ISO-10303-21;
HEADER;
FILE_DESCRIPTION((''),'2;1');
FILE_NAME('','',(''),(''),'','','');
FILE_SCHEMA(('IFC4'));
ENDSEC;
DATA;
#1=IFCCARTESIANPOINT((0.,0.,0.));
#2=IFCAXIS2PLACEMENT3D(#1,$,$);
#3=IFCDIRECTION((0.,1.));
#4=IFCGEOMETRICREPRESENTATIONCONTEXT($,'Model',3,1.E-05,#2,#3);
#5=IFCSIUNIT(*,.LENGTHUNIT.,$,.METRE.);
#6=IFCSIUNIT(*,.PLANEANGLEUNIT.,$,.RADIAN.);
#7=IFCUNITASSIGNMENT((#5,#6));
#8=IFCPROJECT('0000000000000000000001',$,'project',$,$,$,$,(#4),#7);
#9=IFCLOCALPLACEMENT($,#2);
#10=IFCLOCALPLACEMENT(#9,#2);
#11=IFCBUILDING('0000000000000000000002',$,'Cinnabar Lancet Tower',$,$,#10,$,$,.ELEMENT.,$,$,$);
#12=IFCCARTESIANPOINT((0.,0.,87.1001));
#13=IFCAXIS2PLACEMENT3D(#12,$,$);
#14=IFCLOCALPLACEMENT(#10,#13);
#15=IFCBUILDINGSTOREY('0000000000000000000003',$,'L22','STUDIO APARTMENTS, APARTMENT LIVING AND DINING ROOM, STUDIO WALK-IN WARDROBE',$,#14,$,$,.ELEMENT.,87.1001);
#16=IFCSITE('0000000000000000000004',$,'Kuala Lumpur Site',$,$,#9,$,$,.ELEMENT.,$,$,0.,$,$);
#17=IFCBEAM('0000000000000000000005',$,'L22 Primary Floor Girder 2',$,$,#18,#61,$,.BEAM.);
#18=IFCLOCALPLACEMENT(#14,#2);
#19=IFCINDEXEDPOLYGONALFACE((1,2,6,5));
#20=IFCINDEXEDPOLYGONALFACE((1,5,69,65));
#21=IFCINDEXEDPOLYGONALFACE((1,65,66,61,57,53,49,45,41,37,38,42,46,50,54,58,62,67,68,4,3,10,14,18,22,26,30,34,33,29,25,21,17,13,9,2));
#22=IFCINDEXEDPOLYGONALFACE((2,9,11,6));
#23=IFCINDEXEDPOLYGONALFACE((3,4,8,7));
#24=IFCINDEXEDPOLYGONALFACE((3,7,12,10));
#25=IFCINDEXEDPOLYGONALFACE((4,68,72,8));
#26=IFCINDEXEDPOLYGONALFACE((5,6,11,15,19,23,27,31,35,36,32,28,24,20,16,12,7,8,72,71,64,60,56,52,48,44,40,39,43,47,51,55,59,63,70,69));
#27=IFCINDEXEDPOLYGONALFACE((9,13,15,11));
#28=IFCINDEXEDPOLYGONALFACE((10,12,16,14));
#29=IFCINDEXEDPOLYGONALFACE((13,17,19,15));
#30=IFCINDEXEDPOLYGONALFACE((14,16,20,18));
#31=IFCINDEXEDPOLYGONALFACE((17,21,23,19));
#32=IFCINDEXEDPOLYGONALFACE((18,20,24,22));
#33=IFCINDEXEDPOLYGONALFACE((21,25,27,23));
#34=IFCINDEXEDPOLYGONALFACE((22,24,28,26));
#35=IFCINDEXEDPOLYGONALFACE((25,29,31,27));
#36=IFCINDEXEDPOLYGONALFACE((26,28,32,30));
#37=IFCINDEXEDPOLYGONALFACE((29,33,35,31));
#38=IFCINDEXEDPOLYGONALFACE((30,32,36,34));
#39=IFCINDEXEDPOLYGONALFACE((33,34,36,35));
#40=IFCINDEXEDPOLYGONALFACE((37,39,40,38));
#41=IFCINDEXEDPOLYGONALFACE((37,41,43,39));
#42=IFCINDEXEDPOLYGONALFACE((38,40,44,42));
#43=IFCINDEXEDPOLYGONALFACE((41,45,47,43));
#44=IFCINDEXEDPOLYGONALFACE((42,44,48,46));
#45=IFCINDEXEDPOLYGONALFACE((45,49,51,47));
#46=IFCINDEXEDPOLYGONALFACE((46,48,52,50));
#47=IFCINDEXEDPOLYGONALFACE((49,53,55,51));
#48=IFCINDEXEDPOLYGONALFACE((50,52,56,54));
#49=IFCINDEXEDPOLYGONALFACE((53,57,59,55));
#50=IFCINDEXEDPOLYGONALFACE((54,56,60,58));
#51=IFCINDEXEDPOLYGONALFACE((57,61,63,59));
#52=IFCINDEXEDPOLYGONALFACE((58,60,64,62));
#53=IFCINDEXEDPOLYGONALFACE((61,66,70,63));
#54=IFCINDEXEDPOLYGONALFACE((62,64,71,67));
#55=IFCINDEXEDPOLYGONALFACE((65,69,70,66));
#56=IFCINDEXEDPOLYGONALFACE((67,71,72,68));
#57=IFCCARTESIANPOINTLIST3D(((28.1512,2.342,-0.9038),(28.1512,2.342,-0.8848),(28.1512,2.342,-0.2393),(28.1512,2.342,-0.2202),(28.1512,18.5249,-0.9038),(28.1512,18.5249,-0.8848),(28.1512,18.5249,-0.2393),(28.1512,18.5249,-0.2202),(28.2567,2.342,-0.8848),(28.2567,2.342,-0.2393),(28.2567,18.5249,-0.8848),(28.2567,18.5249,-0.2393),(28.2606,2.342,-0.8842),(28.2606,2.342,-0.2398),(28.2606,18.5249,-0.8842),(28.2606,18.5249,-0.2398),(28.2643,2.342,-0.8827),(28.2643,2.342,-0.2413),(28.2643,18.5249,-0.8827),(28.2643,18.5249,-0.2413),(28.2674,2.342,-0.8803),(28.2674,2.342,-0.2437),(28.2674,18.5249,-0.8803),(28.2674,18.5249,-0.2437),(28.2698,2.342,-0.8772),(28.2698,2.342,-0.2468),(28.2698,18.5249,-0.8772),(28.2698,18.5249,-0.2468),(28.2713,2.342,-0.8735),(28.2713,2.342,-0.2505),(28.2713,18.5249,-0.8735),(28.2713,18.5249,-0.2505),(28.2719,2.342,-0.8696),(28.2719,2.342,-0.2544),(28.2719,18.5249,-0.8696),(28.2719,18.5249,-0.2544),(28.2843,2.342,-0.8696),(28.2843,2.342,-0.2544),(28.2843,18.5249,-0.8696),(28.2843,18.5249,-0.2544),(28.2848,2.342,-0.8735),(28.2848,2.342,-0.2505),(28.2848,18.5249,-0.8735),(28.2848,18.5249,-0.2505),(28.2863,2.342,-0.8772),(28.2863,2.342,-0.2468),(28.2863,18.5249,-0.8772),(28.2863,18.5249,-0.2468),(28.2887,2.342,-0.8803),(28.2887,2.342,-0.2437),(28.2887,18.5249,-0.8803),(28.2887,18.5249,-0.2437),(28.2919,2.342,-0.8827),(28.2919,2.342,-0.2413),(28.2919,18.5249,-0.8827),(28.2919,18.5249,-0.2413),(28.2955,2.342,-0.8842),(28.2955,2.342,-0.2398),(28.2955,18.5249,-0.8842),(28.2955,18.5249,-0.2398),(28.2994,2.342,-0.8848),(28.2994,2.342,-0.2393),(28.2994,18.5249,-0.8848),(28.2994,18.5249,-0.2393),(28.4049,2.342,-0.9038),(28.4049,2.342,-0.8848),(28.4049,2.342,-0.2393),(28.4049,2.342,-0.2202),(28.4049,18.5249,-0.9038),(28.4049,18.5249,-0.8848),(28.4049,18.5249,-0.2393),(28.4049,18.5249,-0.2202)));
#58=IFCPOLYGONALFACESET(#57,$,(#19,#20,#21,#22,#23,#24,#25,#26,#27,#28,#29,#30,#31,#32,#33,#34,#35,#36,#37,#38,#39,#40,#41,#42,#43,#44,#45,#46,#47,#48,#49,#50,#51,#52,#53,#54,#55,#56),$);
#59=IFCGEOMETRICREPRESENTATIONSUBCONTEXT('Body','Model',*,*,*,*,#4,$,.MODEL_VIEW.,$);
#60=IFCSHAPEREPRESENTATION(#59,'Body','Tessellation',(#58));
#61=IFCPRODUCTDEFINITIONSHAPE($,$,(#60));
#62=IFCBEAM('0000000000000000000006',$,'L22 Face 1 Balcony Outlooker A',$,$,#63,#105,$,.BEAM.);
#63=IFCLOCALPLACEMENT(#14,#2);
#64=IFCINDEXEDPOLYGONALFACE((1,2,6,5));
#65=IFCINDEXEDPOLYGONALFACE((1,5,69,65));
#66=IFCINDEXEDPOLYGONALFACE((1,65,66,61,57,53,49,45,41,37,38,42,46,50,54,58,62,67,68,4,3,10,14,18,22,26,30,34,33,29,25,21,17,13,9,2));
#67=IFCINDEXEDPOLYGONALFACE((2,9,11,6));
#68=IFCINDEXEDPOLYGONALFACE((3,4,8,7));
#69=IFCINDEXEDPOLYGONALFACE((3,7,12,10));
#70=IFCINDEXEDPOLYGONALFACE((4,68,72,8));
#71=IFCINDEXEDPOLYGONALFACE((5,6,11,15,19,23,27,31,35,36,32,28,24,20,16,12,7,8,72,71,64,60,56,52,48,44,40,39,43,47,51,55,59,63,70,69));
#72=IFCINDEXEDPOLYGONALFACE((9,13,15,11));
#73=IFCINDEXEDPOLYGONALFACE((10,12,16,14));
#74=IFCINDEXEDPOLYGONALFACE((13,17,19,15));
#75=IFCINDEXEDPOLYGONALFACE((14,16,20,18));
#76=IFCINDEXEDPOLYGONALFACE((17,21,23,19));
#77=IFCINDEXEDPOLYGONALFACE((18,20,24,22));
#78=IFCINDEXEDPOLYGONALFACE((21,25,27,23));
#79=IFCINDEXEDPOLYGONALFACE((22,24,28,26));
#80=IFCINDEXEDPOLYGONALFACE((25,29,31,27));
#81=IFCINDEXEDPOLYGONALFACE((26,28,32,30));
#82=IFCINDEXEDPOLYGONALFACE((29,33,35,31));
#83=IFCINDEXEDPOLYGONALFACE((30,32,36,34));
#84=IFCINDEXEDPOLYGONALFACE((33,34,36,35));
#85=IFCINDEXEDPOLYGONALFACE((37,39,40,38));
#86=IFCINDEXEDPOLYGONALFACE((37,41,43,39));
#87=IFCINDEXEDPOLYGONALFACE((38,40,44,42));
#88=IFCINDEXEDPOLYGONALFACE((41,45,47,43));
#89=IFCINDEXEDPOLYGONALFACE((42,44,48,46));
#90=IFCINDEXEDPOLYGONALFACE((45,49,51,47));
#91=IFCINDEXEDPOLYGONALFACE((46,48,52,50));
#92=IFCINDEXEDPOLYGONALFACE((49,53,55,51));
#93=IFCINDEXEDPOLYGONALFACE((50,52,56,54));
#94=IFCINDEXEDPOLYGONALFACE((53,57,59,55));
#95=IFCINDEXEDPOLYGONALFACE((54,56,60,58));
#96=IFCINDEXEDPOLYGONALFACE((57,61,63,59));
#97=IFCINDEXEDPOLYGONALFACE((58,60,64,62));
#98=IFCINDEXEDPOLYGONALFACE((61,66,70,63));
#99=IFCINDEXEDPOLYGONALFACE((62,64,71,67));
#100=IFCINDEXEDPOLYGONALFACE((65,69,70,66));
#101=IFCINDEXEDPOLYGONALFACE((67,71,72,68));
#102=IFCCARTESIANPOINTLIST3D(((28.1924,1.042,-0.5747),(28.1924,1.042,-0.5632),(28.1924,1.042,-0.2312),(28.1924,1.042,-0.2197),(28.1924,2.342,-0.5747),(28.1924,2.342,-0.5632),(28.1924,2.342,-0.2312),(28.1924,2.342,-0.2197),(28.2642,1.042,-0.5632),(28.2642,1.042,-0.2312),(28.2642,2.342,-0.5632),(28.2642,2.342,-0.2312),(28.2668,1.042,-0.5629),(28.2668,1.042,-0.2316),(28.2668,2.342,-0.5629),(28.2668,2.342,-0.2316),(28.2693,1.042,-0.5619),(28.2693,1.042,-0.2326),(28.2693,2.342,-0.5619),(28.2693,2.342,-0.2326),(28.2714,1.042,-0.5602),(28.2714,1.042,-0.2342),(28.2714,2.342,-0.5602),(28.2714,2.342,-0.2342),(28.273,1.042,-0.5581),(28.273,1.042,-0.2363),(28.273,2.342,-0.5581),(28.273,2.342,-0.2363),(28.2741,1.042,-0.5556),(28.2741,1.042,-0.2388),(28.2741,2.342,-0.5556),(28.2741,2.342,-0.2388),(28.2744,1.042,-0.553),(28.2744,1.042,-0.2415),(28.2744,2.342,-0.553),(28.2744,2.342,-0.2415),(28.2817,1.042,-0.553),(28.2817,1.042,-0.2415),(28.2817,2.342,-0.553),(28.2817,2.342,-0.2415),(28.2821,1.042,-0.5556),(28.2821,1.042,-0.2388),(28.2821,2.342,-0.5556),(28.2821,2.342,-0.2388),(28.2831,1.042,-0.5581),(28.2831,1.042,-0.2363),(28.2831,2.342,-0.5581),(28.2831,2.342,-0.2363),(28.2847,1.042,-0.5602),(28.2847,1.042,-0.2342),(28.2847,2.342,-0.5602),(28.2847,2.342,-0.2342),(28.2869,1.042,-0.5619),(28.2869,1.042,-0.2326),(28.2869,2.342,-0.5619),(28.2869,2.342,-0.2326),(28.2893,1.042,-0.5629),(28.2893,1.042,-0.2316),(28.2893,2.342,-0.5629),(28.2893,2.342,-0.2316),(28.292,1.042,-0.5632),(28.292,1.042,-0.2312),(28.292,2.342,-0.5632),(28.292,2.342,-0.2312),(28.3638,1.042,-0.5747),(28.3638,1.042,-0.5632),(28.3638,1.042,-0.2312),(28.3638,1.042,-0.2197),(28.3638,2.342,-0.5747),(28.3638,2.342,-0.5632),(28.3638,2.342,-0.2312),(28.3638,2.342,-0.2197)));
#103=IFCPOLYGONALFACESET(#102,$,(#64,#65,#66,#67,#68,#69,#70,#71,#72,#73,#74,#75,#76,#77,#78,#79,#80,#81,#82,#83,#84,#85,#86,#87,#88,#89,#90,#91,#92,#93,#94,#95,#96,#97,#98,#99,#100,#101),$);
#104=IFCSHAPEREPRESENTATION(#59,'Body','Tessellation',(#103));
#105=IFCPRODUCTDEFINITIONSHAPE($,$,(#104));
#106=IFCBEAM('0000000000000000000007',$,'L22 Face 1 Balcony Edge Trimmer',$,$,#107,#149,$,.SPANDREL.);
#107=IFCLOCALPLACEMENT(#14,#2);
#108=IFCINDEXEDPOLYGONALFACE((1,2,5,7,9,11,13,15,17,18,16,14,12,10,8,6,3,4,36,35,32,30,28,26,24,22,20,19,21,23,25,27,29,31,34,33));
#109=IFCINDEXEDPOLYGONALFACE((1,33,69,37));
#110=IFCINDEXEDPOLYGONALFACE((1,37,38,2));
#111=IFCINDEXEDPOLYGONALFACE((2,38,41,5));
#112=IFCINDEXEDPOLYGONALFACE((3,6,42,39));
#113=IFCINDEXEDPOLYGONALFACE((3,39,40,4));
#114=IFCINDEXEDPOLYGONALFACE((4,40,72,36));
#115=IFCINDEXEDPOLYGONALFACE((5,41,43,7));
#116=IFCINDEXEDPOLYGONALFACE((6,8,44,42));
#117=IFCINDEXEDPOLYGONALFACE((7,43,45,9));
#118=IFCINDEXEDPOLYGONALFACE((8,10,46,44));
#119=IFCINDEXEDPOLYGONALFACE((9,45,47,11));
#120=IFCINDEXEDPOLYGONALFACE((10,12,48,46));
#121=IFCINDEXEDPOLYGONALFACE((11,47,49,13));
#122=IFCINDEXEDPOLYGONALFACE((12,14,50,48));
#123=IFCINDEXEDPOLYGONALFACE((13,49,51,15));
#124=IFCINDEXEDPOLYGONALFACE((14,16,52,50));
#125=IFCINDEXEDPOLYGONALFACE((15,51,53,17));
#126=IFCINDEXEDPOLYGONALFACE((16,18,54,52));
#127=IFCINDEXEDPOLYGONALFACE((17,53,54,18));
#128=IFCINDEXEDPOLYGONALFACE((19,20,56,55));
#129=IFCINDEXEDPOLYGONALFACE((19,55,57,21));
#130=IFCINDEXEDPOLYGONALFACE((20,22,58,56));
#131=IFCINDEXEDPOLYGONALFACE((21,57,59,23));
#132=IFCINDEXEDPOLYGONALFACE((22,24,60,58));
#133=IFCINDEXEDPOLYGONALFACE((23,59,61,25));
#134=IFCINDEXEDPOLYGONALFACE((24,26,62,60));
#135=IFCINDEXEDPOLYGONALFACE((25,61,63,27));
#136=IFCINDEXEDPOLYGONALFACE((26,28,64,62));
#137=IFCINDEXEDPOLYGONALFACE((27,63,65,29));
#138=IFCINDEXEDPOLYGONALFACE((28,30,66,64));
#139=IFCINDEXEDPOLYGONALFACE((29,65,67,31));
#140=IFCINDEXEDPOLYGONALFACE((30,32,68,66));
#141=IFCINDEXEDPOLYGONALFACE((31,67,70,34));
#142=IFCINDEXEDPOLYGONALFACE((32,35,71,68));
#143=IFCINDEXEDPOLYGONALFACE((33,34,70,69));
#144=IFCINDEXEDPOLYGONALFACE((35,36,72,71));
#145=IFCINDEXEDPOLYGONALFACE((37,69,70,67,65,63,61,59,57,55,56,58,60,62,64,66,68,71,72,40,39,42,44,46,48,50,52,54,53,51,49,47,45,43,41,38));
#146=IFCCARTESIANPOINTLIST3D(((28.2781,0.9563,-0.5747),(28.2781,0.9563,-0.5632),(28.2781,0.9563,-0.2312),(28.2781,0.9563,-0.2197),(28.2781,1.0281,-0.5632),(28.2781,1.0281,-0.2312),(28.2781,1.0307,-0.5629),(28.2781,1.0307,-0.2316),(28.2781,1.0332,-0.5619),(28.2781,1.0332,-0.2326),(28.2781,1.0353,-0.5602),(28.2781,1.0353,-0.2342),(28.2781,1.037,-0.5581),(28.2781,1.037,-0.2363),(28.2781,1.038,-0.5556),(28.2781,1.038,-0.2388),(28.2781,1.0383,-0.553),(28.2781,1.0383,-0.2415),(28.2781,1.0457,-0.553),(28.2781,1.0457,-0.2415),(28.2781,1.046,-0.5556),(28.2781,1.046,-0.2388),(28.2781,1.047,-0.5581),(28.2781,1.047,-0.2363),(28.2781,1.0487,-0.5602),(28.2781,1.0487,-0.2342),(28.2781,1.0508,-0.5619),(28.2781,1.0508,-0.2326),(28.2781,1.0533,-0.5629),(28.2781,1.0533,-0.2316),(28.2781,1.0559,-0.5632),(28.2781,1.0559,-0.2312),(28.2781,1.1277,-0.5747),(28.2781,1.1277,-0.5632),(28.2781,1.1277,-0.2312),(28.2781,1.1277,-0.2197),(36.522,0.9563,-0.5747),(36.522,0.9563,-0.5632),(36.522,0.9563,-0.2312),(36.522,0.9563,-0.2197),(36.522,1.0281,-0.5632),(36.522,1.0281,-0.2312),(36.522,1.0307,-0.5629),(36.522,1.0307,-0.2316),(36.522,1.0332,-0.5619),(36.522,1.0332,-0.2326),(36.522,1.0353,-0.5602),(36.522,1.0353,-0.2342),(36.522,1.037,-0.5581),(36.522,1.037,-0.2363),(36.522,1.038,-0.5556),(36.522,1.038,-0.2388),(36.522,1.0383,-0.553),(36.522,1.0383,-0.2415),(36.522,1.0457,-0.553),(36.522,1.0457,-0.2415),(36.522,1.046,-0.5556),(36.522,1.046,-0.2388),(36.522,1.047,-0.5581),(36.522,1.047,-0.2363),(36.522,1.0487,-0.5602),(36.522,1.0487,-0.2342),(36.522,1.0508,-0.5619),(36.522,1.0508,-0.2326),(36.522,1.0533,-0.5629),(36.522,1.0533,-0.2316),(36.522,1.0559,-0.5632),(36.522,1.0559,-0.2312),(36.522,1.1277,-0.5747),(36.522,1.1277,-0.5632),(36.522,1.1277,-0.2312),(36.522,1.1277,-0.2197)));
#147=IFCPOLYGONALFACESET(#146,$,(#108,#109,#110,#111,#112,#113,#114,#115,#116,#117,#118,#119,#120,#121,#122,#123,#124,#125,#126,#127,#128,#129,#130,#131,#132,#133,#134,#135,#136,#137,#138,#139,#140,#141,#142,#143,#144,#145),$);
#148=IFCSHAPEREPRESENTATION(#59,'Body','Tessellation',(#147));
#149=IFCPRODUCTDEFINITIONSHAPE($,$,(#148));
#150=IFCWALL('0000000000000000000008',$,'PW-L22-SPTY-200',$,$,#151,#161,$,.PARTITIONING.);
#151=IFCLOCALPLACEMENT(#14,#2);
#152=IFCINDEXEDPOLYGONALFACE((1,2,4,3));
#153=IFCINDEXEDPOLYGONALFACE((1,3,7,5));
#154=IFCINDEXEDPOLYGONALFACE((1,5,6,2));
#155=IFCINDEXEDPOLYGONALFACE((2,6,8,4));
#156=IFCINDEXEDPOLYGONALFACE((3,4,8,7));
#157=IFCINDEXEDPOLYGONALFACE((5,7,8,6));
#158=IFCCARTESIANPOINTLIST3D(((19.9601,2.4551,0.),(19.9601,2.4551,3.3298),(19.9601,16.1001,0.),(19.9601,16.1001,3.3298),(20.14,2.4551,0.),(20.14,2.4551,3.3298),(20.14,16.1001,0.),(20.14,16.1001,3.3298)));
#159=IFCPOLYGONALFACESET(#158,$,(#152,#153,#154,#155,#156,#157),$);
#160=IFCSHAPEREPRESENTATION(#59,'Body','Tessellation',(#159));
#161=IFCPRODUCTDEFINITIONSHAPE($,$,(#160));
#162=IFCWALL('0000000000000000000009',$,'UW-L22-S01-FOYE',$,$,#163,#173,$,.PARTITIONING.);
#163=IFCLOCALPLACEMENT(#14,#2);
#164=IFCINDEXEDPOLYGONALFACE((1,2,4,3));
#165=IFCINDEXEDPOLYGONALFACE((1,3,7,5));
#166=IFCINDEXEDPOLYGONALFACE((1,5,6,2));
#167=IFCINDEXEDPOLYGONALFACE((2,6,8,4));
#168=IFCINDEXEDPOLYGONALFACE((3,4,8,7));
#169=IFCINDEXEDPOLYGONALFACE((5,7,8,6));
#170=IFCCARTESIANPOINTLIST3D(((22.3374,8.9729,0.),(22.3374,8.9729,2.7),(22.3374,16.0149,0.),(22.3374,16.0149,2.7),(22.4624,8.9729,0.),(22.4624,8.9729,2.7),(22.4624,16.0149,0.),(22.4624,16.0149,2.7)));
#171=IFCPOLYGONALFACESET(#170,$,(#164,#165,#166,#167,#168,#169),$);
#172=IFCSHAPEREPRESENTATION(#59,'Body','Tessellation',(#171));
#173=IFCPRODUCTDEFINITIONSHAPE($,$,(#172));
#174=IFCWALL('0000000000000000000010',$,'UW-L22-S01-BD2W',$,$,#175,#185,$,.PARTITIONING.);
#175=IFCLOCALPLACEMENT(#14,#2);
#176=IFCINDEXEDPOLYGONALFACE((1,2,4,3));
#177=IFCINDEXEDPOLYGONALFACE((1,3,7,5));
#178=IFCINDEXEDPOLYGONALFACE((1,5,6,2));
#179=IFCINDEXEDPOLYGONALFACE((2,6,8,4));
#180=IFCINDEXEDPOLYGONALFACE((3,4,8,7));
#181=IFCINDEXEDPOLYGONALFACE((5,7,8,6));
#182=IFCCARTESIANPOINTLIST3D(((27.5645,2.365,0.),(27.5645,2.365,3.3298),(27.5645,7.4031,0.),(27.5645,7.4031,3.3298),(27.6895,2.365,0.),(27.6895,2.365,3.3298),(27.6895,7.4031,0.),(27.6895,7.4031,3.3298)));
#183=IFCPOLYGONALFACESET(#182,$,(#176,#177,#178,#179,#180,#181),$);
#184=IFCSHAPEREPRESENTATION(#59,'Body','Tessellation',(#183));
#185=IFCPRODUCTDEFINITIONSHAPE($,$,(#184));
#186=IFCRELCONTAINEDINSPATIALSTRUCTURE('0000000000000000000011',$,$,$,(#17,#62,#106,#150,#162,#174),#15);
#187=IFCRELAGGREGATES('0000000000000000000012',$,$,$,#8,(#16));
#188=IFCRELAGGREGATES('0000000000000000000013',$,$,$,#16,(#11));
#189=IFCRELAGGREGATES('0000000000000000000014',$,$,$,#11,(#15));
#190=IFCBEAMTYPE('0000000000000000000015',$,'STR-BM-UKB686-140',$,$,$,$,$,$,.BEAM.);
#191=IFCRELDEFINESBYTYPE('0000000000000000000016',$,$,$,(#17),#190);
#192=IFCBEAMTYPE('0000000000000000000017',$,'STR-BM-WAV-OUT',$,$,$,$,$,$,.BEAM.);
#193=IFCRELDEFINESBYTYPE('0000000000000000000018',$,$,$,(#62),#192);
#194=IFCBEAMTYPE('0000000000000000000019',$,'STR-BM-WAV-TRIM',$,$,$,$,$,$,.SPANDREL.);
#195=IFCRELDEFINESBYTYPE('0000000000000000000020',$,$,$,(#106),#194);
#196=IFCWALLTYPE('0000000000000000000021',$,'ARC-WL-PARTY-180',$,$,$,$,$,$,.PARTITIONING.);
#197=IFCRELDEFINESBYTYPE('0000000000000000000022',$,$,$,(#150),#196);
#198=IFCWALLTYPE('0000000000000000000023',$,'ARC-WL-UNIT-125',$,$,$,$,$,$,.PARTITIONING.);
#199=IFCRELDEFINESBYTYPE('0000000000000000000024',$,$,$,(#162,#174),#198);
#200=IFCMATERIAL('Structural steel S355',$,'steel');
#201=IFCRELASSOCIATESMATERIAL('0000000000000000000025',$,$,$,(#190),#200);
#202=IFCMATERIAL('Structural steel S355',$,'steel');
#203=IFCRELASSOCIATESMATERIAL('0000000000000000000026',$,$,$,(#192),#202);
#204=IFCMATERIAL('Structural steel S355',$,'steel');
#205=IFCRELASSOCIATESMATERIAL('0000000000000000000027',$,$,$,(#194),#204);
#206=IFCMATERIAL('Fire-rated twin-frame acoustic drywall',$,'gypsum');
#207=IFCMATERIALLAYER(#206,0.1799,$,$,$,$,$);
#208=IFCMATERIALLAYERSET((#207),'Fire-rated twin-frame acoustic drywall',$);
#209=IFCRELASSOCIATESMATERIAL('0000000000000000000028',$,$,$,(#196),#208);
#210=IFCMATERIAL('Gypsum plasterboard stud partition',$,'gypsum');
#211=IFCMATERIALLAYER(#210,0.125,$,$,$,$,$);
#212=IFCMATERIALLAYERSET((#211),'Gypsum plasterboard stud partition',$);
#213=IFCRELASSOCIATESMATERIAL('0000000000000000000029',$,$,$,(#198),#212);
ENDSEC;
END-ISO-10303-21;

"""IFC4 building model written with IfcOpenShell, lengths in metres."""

from ifc_helpers import new_model, si_unit, direction, frame, frame_2d, origin, origin_2d, place, context, subcontext, project, spatial, rectangle, i_section, extrude, material, layer, layer_set, material_profile, profile_set, type_object, element, save


model = new_model("IFC4")

# Units and contexts
model_context = context("Model", 3, precision=1e-05, world=origin(), true_north=direction((0.0, 1.0)))
body_context = subcontext(model_context, "Body", "Model", "MODEL_VIEW")
ifc_project = project(units=[si_unit("LENGTHUNIT", "METRE"), si_unit("PLANEANGLEUNIT", "RADIAN")], contexts=[model_context])

# Site, building, storey
site_placement = place(None, origin())
site = spatial("IfcSite", under=ifc_project, at=site_placement, Name="Kuala Lumpur Site", CompositionType="ELEMENT", RefElevation=0.0)
building_placement = place(site_placement, origin())
building = spatial("IfcBuilding", under=site, at=building_placement, Name="Cinnabar Lancet Tower", CompositionType="ELEMENT")
storey_placement = place(building_placement, frame((0.0, 0.0, 87.1001)))
storey = spatial("IfcBuildingStorey", under=building, at=storey_placement, Name="L22", Description="STUDIO APARTMENTS, APARTMENT LIVING AND DINING ROOM, STUDIO WALK-IN WARDROBE", CompositionType="ELEMENT", Elevation=87.1001)

# Beams
ifc_material_1 = material(Name="Structural steel S355", Category="steel")
ifc_material_profile_1 = material_profile(ifc_material_1, i_section(OverallWidth=0.2537, OverallDepth=0.6836, WebThickness=0.0125, FlangeThickness=0.019, FilletRadius=0.0151, at=origin_2d()), Name="UKB 686x254x140")
ifc_profile_set_1 = profile_set([ifc_material_profile_1], Name="Structural steel S355")
beam_type_1 = type_object("IfcBeamType", Name="STR-BM-UKB686-140", PredefinedType="BEAM", material=ifc_profile_set_1)
beam_1_placement = place(storey_placement, frame((28.2781, 2.342, -0.562), z_axis=(0.0, 1.0, 0.0), x_axis=(-1.0, 0.0, 0.0)))
element("IfcBeam", 1, at=beam_1_placement, inside=storey, type_object=beam_type_1, Name="L22 Primary Floor Girder 2", PredefinedType="BEAM", context=body_context, shape_type="SweptSolid", body=[
    extrude(i_section(OverallWidth=0.2537, OverallDepth=0.6836, WebThickness=0.0125, FlangeThickness=0.019, FilletRadius=0.0151, at=origin_2d()), origin(), (0.0, 0.0, 1.0), 16.1829),
])
ifc_material_2 = material(Name="Structural steel S355", Category="steel")
ifc_material_profile_2 = material_profile(ifc_material_2, i_section(OverallWidth=0.1714, OverallDepth=0.355, WebThickness=0.0073, FlangeThickness=0.0115, FilletRadius=0.0103, at=origin_2d()), Name="UKB 356x171x51")
ifc_profile_set_2 = profile_set([ifc_material_profile_2], Name="Structural steel S355")
beam_type_2 = type_object("IfcBeamType", Name="STR-BM-WAV-OUT", PredefinedType="BEAM", material=ifc_profile_set_2)
beam_2_placement = place(storey_placement, frame((28.2781, 2.342, -0.3972), z_axis=(0.0, -1.0, 0.0), x_axis=(1.0, 0.0, 0.0)))
element("IfcBeam", 2, at=beam_2_placement, inside=storey, type_object=beam_type_2, Name="L22 Face 1 Balcony Outlooker A", PredefinedType="BEAM", context=body_context, shape_type="SweptSolid", body=[
    extrude(i_section(OverallWidth=0.1714, OverallDepth=0.355, WebThickness=0.0073, FlangeThickness=0.0115, FilletRadius=0.0103, at=origin_2d()), origin(), (0.0, 0.0, 1.0), 1.3),
])
ifc_material_3 = material(Name="Structural steel S355", Category="steel")
ifc_material_profile_3 = material_profile(ifc_material_3, i_section(OverallWidth=0.1714, OverallDepth=0.355, WebThickness=0.0073, FlangeThickness=0.0115, FilletRadius=0.0103, at=origin_2d()), Name="UKB 356x171x51")
ifc_profile_set_3 = profile_set([ifc_material_profile_3], Name="Structural steel S355")
beam_type_3 = type_object("IfcBeamType", Name="STR-BM-WAV-TRIM", PredefinedType="SPANDREL", material=ifc_profile_set_3)
beam_3_placement = place(storey_placement, frame((28.2781, 1.042, -0.3972), z_axis=(1.0, 0.0, 0.0), x_axis=(0.0, 1.0, 0.0)))
element("IfcBeam", 3, at=beam_3_placement, inside=storey, type_object=beam_type_3, Name="L22 Face 1 Balcony Edge Trimmer", PredefinedType="SPANDREL", context=body_context, shape_type="SweptSolid", body=[
    extrude(i_section(OverallWidth=0.1714, OverallDepth=0.355, WebThickness=0.0073, FlangeThickness=0.0115, FilletRadius=0.0103, at=origin_2d()), origin(), (0.0, 0.0, 1.0), 8.2439),
])

# Walls
ifc_material_4 = material(Name="Fire-rated twin-frame acoustic drywall", Category="gypsum")
ifc_layer_1 = layer(ifc_material_4, 0.1799)
ifc_layer_set_1 = layer_set([ifc_layer_1], Name="Fire-rated twin-frame acoustic drywall")
wall_type_1 = type_object("IfcWallType", Name="ARC-WL-PARTY-180", PredefinedType="PARTITIONING", material=ifc_layer_set_1)
wall_1_placement = place(storey_placement, frame((20.05, 2.4551, 0.0), z_axis=(0.0, 0.0, 1.0), x_axis=(0.0, 1.0, 0.0)))
element("IfcWall", 4, at=wall_1_placement, inside=storey, type_object=wall_type_1, Name="PW-L22-SPTY-200", PredefinedType="PARTITIONING", context=body_context, shape_type="SweptSolid", body=[
    extrude(rectangle(XDim=13.645, YDim=0.1799, at=frame_2d((6.8225, 0.0))), origin(), (0.0, 0.0, 1.0), 3.3298),
])
ifc_material_5 = material(Name="Gypsum plasterboard stud partition", Category="gypsum")
ifc_layer_2 = layer(ifc_material_5, 0.125)
ifc_layer_set_2 = layer_set([ifc_layer_2], Name="Gypsum plasterboard stud partition")
wall_type_2 = type_object("IfcWallType", Name="ARC-WL-UNIT-125", PredefinedType="PARTITIONING", material=ifc_layer_set_2)
wall_2_placement = place(storey_placement, frame((22.3999, 8.9729, 0.0), z_axis=(0.0, 0.0, 1.0), x_axis=(0.0, 1.0, 0.0)))
element("IfcWall", 5, at=wall_2_placement, inside=storey, type_object=wall_type_2, Name="UW-L22-S01-FOYE", PredefinedType="PARTITIONING", context=body_context, shape_type="SweptSolid", body=[
    extrude(rectangle(XDim=7.042, YDim=0.125, at=frame_2d((3.521, 0.0))), origin(), (0.0, 0.0, 1.0), 2.7),
])
wall_3_placement = place(storey_placement, frame((27.627, 2.365, 0.0), z_axis=(0.0, 0.0, 1.0), x_axis=(0.0, 1.0, 0.0)))
element("IfcWall", 6, at=wall_3_placement, inside=storey, type_object=wall_type_2, Name="UW-L22-S01-BD2W", PredefinedType="PARTITIONING", context=body_context, shape_type="SweptSolid", body=[
    extrude(rectangle(XDim=5.0381, YDim=0.125, at=frame_2d((2.519, 0.0))), origin(), (0.0, 0.0, 1.0), 3.3298),
])

save(model, "model.ifc")
